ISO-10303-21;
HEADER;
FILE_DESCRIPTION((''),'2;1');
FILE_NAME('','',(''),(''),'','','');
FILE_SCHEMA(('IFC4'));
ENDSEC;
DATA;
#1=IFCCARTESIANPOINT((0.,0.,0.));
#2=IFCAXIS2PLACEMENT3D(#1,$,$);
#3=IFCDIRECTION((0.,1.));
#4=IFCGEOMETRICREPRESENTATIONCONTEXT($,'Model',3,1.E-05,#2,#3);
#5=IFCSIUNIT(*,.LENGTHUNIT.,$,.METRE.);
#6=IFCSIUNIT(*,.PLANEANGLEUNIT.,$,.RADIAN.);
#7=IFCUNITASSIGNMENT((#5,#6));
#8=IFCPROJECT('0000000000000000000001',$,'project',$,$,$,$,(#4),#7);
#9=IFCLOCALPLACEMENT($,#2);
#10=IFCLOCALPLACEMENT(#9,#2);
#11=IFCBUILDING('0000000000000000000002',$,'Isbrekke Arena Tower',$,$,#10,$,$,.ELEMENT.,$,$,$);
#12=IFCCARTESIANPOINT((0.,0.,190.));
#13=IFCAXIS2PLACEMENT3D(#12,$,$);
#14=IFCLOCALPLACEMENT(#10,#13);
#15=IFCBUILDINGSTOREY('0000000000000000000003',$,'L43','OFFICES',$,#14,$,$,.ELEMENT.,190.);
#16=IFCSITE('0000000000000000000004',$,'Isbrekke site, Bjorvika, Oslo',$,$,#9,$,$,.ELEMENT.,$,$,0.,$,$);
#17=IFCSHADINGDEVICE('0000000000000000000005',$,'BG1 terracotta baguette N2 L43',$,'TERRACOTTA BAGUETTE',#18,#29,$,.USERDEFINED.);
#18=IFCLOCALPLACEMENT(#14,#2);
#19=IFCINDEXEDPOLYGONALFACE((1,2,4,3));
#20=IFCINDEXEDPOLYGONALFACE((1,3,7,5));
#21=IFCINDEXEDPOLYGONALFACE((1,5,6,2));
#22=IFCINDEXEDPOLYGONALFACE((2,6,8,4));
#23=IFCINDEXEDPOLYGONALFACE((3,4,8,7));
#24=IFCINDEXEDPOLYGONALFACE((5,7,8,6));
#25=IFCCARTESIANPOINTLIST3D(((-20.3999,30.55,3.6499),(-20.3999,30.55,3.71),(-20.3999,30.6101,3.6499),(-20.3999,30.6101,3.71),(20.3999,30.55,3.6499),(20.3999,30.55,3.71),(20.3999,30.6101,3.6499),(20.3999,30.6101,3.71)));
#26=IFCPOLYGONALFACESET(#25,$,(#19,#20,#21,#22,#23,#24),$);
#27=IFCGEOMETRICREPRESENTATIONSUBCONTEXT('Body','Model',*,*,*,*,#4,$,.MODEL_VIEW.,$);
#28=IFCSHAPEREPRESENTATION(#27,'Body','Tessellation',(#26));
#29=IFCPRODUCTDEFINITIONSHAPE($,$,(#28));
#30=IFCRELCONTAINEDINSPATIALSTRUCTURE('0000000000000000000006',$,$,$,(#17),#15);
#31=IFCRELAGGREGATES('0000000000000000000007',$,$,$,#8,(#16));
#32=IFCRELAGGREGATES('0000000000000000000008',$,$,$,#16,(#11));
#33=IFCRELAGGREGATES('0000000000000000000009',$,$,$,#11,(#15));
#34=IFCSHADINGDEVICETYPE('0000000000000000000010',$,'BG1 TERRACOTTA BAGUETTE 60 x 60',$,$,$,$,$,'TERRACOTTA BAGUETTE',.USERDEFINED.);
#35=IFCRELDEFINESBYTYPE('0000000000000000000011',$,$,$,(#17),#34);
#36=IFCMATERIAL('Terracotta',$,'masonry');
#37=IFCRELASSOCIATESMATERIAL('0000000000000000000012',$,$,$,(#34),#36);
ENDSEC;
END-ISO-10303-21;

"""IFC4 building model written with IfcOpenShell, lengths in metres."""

from ifc_helpers import new_model, si_unit, direction, frame, origin, origin_2d, place, context, subcontext, project, spatial, rectangle, extrude, material, material_profile, profile_set, type_object, element, save


model = new_model("IFC4")

# Units and contexts
model_context = context("Model", 3, precision=1e-05, world=origin(), true_north=direction((0.0, 1.0)))
body_context = subcontext(model_context, "Body", "Model", "MODEL_VIEW")
ifc_project = project(units=[si_unit("LENGTHUNIT", "METRE"), si_unit("PLANEANGLEUNIT", "RADIAN")], contexts=[model_context])

# Site, building, storey
site_placement = place(None, origin())
site = spatial("IfcSite", under=ifc_project, at=site_placement, Name="Isbrekke site, Bjorvika, Oslo", CompositionType="ELEMENT", RefElevation=0.0)
building_placement = place(site_placement, origin())
building = spatial("IfcBuilding", under=site, at=building_placement, Name="Isbrekke Arena Tower", CompositionType="ELEMENT")
storey_placement = place(building_placement, frame((0.0, 0.0, 190.0)))
storey = spatial("IfcBuildingStorey", under=building, at=storey_placement, Name="L43", Description="OFFICES", CompositionType="ELEMENT", Elevation=190.0)

# Shading device
ifc_material_1 = material(Name="Terracotta", Category="masonry")
ifc_material_profile_1 = material_profile(ifc_material_1, rectangle(XDim=0.0601, YDim=0.0601, at=origin_2d()), Name="BAGUETTE 60X60")
ifc_profile_set_1 = profile_set([ifc_material_profile_1], Name="Terracotta")
shading_device_type = type_object("IfcShadingDeviceType", Name="BG1 TERRACOTTA BAGUETTE 60 x 60", ElementType="TERRACOTTA BAGUETTE", PredefinedType="USERDEFINED", material=ifc_profile_set_1)
for number, where, z_axis, x_axis, name in (
    (1, (20.3999, 30.5801, 3.6799), (-1.0, 0.0, 0.0), (0.0, -1.0, 0.0), "BG1 terracotta baguette N2 L43"),
):
    element("IfcShadingDevice", number, at=place(storey_placement, frame(where, z_axis=z_axis, x_axis=x_axis)), inside=storey, type_object=shading_device_type, Name=name, ObjectType="TERRACOTTA BAGUETTE", PredefinedType="USERDEFINED", context=body_context, shape_type="SweptSolid", body=[
        extrude(rectangle(XDim=0.0601, YDim=0.0601, at=origin_2d()), origin(), (0.0, 0.0, 1.0), 40.7998),
    ])

save(model, "model.ifc")
